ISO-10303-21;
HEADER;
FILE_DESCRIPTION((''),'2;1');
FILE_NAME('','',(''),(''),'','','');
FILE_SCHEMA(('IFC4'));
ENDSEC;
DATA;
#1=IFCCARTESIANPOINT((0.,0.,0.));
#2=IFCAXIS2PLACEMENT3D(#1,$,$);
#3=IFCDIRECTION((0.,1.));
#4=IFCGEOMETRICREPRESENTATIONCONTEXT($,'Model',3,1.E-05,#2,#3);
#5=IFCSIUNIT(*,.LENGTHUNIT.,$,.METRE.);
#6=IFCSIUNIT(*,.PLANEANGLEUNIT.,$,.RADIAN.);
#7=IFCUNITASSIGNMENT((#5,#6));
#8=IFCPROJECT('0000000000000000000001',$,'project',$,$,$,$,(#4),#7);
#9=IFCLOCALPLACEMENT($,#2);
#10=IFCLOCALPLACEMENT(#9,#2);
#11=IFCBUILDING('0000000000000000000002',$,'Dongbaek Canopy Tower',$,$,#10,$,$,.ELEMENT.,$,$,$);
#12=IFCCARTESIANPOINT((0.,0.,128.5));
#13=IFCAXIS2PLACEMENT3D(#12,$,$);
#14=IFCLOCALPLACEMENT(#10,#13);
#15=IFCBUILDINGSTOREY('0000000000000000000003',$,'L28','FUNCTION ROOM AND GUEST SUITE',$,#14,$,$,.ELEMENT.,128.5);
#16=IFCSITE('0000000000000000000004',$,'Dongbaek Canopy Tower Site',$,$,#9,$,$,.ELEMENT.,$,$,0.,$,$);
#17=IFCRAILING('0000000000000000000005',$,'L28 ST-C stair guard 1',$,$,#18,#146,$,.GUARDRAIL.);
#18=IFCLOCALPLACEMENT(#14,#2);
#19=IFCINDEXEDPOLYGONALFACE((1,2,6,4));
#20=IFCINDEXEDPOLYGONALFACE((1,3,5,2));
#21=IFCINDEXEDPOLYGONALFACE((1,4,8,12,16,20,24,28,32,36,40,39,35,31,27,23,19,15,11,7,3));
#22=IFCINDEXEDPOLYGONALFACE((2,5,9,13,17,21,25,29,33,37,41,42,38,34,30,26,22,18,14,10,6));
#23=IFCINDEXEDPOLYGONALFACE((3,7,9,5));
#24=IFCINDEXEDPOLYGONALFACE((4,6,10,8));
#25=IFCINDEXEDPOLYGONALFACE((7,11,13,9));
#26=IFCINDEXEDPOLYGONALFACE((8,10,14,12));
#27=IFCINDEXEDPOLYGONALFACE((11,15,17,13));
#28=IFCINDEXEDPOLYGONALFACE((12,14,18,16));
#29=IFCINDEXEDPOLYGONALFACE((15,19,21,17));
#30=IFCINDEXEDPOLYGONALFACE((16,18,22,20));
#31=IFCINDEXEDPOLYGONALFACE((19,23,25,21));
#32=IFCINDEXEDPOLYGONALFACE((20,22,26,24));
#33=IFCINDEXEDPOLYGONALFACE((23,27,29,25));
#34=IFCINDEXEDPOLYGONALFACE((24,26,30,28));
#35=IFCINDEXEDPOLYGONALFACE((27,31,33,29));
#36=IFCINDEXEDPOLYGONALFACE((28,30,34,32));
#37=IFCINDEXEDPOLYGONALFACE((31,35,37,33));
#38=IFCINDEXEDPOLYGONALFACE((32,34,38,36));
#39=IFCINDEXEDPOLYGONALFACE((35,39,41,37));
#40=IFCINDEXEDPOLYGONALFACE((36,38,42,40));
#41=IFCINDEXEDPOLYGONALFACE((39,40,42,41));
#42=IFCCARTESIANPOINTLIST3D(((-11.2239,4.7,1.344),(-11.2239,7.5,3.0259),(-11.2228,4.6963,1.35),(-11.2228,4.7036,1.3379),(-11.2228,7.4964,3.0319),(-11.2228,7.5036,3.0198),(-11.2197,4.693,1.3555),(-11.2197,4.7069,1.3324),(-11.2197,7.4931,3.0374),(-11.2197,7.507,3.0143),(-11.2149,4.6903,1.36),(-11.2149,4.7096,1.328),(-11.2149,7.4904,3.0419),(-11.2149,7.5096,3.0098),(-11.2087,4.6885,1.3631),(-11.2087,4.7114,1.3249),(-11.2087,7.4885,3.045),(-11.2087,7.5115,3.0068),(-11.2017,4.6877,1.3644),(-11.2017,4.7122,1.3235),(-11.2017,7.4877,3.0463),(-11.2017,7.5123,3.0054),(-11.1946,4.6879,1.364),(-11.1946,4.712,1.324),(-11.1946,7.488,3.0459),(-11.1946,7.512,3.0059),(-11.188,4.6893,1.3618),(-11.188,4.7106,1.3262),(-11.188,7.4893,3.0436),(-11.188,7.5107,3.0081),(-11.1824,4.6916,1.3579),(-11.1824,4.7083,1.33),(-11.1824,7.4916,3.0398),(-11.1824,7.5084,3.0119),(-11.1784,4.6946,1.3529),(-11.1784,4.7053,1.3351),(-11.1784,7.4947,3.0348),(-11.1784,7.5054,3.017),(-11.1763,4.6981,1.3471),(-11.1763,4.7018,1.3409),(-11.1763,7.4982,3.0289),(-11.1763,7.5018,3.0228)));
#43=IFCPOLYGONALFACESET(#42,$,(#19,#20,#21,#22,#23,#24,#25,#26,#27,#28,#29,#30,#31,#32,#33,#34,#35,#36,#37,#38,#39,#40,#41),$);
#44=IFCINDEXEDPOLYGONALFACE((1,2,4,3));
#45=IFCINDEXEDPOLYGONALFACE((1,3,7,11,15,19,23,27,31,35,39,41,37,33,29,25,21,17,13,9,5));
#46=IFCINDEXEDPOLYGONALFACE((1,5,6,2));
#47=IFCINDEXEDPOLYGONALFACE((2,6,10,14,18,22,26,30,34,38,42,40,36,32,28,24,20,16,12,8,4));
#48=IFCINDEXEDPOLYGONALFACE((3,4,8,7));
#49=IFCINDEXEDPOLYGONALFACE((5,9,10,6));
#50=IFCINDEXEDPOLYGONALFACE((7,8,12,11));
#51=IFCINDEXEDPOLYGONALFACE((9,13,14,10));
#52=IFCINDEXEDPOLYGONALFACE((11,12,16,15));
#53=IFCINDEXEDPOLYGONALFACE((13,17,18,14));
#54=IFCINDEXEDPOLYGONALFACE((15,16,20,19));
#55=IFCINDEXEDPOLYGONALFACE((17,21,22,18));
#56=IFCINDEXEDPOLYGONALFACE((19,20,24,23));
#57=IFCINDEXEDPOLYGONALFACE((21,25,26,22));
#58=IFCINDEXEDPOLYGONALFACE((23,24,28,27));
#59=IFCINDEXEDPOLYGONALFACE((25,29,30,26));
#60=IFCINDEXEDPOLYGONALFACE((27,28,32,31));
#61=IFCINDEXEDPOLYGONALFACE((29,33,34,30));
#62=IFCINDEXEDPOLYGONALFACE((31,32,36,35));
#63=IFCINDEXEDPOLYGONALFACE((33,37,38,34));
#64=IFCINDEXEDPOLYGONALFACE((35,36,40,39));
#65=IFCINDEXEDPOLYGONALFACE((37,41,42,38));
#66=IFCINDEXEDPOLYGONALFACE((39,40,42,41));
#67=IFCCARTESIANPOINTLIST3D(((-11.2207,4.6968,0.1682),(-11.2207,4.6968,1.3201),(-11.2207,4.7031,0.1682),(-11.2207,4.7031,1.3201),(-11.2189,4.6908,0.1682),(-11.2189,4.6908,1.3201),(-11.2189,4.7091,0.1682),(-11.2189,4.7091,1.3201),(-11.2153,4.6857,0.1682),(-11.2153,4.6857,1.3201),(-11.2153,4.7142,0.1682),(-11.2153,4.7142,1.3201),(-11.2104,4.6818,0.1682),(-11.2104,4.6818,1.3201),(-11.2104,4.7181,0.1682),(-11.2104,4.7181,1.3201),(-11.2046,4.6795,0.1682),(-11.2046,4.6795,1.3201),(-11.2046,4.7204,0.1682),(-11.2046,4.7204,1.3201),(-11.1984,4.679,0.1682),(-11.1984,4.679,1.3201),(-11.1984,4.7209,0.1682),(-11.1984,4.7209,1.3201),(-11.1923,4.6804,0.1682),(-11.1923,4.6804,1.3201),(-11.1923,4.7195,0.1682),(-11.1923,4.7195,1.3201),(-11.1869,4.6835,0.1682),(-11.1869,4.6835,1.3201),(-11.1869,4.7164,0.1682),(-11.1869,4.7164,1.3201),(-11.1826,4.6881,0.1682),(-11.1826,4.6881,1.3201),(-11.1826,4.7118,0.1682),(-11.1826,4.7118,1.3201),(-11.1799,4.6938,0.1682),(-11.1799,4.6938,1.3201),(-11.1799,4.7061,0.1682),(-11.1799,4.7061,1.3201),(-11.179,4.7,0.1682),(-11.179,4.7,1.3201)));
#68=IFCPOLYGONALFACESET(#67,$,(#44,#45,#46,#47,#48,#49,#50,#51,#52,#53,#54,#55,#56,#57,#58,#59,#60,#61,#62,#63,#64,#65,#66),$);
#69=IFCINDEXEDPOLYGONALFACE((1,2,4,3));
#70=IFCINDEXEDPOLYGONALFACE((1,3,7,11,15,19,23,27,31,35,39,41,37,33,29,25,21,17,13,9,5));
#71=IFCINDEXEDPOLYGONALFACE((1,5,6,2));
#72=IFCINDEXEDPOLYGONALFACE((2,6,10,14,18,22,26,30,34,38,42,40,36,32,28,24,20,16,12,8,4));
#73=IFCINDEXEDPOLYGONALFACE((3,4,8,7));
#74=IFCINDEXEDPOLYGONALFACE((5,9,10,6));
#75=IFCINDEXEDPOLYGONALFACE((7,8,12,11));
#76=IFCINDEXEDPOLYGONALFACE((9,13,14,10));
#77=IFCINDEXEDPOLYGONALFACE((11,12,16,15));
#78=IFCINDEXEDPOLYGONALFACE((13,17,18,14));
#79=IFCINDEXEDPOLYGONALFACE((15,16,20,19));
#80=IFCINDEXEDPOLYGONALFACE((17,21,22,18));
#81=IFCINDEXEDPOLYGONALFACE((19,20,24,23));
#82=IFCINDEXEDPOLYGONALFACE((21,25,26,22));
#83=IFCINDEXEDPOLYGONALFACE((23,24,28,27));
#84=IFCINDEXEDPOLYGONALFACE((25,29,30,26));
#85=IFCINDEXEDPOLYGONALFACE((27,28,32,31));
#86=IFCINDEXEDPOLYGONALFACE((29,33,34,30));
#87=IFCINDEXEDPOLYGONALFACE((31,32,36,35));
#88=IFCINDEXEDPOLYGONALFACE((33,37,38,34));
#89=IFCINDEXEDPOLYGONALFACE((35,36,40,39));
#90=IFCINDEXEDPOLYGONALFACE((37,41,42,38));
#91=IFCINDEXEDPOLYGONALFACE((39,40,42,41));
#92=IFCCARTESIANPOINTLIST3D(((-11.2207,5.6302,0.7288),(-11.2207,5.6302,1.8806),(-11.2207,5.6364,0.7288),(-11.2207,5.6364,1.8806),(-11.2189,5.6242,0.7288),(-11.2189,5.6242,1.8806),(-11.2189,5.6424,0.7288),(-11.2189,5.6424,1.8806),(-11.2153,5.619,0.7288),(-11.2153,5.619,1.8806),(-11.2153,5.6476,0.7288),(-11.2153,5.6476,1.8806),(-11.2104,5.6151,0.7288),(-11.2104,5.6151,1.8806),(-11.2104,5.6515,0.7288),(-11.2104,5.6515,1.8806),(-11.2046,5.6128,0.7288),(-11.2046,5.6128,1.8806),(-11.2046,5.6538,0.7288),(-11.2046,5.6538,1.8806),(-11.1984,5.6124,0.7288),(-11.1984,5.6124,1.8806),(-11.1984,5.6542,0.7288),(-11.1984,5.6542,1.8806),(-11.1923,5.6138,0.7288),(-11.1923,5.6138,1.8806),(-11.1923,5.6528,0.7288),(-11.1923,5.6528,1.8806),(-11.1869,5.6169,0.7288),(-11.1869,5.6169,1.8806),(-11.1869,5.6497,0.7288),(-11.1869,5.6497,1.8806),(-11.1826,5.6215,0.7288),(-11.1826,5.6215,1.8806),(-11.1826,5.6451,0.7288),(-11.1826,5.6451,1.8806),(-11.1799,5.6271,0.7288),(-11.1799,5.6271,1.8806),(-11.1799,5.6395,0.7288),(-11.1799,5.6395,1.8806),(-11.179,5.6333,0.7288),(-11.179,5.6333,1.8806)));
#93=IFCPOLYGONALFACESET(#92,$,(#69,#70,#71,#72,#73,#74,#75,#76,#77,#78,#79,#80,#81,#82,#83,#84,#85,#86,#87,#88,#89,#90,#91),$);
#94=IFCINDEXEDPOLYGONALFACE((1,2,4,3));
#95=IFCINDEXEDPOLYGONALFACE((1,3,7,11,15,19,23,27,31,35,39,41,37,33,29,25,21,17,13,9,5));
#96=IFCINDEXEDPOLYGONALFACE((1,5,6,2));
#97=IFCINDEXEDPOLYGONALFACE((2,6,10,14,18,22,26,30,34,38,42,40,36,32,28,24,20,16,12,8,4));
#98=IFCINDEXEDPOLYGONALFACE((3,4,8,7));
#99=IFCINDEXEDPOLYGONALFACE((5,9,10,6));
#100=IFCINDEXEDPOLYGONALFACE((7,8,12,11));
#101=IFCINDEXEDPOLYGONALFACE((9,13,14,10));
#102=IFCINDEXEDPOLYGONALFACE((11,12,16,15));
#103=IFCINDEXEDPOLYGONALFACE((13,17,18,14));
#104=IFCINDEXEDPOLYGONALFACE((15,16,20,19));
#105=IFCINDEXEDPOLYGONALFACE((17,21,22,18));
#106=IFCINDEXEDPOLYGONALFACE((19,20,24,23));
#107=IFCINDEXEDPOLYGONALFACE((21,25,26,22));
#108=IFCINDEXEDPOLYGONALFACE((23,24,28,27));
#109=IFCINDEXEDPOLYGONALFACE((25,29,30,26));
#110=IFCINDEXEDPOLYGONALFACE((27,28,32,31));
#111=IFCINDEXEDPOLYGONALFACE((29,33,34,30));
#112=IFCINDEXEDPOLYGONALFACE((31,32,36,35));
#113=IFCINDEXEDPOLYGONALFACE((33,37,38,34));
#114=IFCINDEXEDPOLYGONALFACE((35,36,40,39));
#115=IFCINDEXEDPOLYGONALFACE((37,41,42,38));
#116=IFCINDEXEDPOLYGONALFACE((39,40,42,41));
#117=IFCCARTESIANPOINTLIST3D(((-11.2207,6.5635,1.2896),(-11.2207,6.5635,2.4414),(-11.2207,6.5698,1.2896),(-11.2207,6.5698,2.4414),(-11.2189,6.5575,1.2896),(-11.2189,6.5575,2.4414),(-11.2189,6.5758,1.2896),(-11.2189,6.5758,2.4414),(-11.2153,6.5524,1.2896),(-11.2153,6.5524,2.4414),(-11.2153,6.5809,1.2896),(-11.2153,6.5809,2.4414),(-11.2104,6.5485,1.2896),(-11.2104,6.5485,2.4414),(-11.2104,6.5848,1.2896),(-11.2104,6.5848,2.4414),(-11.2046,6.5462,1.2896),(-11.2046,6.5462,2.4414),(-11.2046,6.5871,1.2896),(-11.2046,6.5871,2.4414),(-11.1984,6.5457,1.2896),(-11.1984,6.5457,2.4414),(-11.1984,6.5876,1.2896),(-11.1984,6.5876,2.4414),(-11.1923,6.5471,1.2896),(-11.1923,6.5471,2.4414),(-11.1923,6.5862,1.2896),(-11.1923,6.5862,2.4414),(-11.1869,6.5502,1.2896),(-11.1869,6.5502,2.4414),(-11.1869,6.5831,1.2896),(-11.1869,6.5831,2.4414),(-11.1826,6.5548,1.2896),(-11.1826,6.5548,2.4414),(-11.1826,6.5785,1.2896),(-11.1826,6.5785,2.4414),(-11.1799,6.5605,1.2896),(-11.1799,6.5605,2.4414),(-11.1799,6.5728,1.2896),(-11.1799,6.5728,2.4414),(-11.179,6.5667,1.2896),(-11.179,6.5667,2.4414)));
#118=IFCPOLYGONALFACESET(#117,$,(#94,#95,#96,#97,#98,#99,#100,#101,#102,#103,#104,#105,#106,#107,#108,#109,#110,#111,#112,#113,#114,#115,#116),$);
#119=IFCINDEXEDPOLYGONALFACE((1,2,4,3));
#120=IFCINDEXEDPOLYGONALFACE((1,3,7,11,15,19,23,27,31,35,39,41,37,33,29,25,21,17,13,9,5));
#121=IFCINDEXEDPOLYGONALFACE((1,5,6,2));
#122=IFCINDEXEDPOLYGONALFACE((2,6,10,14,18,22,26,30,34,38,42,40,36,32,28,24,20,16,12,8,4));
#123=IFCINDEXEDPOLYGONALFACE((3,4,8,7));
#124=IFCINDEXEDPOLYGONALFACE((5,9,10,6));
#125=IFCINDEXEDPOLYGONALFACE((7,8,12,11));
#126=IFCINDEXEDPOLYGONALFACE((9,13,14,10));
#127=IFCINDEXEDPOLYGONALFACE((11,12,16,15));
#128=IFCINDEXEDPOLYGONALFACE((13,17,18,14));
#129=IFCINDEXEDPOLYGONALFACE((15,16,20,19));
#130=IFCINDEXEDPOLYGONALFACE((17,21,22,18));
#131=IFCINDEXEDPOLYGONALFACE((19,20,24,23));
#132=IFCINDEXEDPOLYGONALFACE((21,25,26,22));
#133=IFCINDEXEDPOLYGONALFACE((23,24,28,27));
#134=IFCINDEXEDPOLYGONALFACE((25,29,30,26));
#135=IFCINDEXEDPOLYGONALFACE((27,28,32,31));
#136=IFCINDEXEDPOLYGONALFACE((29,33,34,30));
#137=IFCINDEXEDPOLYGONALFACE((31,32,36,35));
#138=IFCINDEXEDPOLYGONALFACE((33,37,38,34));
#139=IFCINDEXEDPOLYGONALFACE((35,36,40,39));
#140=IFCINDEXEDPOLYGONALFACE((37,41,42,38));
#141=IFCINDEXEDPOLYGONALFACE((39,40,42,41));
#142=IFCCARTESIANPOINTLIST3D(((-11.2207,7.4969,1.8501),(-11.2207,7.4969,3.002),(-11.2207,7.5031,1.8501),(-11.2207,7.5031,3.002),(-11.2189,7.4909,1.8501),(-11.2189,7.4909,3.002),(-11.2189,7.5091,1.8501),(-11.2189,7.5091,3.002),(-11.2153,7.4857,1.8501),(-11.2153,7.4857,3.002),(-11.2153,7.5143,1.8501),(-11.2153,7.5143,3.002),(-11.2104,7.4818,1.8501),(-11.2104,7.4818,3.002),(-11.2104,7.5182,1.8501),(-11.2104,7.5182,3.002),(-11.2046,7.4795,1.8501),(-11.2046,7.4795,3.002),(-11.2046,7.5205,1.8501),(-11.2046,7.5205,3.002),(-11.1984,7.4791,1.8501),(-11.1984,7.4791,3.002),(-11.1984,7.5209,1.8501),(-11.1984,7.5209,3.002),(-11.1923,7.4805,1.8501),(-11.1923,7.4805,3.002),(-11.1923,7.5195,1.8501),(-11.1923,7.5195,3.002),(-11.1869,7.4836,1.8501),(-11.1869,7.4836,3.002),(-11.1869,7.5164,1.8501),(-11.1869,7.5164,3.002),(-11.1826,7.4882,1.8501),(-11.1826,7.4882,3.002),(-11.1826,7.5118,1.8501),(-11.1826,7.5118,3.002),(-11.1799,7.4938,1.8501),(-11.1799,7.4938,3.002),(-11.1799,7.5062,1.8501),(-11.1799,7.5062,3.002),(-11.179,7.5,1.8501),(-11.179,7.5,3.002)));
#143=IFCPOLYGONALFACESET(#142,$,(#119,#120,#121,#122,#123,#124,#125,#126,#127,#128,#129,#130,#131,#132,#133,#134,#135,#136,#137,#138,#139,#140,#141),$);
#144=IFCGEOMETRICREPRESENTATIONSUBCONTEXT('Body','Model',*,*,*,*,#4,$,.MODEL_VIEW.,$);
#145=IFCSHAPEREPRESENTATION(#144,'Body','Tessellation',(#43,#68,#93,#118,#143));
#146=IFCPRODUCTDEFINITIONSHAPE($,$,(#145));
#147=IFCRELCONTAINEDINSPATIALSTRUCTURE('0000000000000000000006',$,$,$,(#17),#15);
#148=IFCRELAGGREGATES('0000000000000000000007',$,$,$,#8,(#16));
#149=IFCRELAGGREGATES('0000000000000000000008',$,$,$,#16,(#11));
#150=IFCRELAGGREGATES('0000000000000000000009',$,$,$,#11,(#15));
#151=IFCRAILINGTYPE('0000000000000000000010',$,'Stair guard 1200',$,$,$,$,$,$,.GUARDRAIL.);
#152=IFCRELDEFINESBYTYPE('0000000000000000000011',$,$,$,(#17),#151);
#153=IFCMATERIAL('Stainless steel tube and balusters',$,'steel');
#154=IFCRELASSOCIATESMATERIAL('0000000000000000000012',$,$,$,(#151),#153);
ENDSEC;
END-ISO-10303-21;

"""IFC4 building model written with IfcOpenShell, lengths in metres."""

from ifc_helpers import new_model, si_unit, direction, frame, origin, origin_2d, place, context, subcontext, project, spatial, circle, extrude, material, type_object, element, save


model = new_model("IFC4")

# Units and contexts
model_context = context("Model", 3, precision=1e-05, world=origin(), true_north=direction((0.0, 1.0)))
body_context = subcontext(model_context, "Body", "Model", "MODEL_VIEW")
ifc_project = project(units=[si_unit("LENGTHUNIT", "METRE"), si_unit("PLANEANGLEUNIT", "RADIAN")], contexts=[model_context])

# Site, building, storey
site_placement = place(None, origin())
site = spatial("IfcSite", under=ifc_project, at=site_placement, Name="Dongbaek Canopy Tower Site", CompositionType="ELEMENT", RefElevation=0.0)
building_placement = place(site_placement, origin())
building = spatial("IfcBuilding", under=site, at=building_placement, Name="Dongbaek Canopy Tower", CompositionType="ELEMENT")
storey_placement = place(building_placement, frame((0.0, 0.0, 128.5)))
storey = spatial("IfcBuildingStorey", under=building, at=storey_placement, Name="L28", Description="FUNCTION ROOM AND GUEST SUITE", CompositionType="ELEMENT", Elevation=128.5)

# Railing
ifc_material_1 = material(Name="Stainless steel tube and balusters", Category="steel")
railing_type_1 = type_object("IfcRailingType", Name="Stair guard 1200", PredefinedType="GUARDRAIL", material=ifc_material_1)
railing_1_placement = place(storey_placement, frame((-11.2, 4.7, 0.1682)))
element("IfcRailing", 1, at=railing_1_placement, inside=storey, type_object=railing_type_1, Name="L28 ST-C stair guard 1", PredefinedType="GUARDRAIL", context=body_context, shape_type="SweptSolid", body=[
    extrude(circle(Radius=0.0239, at=origin_2d()), frame((0.0, 0.0, 1.1758), z_axis=(0.0, 0.857242, 0.514913), x_axis=(-1.0, 0.0, 0.0)), (0.0, 0.0, 1.0), 3.2664),
    extrude(circle(Radius=0.021, at=origin_2d()), origin(), (0.0, 0.0, 1.0), 1.1519),
    extrude(circle(Radius=0.021, at=origin_2d()), frame((0.0, 0.9333, 0.5605)), (0.0, 0.0, 1.0), 1.1519),
    extrude(circle(Radius=0.021, at=origin_2d()), frame((0.0, 1.8667, 1.1213)), (0.0, 0.0, 1.0), 1.1519),
    extrude(circle(Radius=0.021, at=origin_2d()), frame((0.0, 2.8, 1.6819)), (0.0, 0.0, 1.0), 1.1519),
])

save(model, "model.ifc")
